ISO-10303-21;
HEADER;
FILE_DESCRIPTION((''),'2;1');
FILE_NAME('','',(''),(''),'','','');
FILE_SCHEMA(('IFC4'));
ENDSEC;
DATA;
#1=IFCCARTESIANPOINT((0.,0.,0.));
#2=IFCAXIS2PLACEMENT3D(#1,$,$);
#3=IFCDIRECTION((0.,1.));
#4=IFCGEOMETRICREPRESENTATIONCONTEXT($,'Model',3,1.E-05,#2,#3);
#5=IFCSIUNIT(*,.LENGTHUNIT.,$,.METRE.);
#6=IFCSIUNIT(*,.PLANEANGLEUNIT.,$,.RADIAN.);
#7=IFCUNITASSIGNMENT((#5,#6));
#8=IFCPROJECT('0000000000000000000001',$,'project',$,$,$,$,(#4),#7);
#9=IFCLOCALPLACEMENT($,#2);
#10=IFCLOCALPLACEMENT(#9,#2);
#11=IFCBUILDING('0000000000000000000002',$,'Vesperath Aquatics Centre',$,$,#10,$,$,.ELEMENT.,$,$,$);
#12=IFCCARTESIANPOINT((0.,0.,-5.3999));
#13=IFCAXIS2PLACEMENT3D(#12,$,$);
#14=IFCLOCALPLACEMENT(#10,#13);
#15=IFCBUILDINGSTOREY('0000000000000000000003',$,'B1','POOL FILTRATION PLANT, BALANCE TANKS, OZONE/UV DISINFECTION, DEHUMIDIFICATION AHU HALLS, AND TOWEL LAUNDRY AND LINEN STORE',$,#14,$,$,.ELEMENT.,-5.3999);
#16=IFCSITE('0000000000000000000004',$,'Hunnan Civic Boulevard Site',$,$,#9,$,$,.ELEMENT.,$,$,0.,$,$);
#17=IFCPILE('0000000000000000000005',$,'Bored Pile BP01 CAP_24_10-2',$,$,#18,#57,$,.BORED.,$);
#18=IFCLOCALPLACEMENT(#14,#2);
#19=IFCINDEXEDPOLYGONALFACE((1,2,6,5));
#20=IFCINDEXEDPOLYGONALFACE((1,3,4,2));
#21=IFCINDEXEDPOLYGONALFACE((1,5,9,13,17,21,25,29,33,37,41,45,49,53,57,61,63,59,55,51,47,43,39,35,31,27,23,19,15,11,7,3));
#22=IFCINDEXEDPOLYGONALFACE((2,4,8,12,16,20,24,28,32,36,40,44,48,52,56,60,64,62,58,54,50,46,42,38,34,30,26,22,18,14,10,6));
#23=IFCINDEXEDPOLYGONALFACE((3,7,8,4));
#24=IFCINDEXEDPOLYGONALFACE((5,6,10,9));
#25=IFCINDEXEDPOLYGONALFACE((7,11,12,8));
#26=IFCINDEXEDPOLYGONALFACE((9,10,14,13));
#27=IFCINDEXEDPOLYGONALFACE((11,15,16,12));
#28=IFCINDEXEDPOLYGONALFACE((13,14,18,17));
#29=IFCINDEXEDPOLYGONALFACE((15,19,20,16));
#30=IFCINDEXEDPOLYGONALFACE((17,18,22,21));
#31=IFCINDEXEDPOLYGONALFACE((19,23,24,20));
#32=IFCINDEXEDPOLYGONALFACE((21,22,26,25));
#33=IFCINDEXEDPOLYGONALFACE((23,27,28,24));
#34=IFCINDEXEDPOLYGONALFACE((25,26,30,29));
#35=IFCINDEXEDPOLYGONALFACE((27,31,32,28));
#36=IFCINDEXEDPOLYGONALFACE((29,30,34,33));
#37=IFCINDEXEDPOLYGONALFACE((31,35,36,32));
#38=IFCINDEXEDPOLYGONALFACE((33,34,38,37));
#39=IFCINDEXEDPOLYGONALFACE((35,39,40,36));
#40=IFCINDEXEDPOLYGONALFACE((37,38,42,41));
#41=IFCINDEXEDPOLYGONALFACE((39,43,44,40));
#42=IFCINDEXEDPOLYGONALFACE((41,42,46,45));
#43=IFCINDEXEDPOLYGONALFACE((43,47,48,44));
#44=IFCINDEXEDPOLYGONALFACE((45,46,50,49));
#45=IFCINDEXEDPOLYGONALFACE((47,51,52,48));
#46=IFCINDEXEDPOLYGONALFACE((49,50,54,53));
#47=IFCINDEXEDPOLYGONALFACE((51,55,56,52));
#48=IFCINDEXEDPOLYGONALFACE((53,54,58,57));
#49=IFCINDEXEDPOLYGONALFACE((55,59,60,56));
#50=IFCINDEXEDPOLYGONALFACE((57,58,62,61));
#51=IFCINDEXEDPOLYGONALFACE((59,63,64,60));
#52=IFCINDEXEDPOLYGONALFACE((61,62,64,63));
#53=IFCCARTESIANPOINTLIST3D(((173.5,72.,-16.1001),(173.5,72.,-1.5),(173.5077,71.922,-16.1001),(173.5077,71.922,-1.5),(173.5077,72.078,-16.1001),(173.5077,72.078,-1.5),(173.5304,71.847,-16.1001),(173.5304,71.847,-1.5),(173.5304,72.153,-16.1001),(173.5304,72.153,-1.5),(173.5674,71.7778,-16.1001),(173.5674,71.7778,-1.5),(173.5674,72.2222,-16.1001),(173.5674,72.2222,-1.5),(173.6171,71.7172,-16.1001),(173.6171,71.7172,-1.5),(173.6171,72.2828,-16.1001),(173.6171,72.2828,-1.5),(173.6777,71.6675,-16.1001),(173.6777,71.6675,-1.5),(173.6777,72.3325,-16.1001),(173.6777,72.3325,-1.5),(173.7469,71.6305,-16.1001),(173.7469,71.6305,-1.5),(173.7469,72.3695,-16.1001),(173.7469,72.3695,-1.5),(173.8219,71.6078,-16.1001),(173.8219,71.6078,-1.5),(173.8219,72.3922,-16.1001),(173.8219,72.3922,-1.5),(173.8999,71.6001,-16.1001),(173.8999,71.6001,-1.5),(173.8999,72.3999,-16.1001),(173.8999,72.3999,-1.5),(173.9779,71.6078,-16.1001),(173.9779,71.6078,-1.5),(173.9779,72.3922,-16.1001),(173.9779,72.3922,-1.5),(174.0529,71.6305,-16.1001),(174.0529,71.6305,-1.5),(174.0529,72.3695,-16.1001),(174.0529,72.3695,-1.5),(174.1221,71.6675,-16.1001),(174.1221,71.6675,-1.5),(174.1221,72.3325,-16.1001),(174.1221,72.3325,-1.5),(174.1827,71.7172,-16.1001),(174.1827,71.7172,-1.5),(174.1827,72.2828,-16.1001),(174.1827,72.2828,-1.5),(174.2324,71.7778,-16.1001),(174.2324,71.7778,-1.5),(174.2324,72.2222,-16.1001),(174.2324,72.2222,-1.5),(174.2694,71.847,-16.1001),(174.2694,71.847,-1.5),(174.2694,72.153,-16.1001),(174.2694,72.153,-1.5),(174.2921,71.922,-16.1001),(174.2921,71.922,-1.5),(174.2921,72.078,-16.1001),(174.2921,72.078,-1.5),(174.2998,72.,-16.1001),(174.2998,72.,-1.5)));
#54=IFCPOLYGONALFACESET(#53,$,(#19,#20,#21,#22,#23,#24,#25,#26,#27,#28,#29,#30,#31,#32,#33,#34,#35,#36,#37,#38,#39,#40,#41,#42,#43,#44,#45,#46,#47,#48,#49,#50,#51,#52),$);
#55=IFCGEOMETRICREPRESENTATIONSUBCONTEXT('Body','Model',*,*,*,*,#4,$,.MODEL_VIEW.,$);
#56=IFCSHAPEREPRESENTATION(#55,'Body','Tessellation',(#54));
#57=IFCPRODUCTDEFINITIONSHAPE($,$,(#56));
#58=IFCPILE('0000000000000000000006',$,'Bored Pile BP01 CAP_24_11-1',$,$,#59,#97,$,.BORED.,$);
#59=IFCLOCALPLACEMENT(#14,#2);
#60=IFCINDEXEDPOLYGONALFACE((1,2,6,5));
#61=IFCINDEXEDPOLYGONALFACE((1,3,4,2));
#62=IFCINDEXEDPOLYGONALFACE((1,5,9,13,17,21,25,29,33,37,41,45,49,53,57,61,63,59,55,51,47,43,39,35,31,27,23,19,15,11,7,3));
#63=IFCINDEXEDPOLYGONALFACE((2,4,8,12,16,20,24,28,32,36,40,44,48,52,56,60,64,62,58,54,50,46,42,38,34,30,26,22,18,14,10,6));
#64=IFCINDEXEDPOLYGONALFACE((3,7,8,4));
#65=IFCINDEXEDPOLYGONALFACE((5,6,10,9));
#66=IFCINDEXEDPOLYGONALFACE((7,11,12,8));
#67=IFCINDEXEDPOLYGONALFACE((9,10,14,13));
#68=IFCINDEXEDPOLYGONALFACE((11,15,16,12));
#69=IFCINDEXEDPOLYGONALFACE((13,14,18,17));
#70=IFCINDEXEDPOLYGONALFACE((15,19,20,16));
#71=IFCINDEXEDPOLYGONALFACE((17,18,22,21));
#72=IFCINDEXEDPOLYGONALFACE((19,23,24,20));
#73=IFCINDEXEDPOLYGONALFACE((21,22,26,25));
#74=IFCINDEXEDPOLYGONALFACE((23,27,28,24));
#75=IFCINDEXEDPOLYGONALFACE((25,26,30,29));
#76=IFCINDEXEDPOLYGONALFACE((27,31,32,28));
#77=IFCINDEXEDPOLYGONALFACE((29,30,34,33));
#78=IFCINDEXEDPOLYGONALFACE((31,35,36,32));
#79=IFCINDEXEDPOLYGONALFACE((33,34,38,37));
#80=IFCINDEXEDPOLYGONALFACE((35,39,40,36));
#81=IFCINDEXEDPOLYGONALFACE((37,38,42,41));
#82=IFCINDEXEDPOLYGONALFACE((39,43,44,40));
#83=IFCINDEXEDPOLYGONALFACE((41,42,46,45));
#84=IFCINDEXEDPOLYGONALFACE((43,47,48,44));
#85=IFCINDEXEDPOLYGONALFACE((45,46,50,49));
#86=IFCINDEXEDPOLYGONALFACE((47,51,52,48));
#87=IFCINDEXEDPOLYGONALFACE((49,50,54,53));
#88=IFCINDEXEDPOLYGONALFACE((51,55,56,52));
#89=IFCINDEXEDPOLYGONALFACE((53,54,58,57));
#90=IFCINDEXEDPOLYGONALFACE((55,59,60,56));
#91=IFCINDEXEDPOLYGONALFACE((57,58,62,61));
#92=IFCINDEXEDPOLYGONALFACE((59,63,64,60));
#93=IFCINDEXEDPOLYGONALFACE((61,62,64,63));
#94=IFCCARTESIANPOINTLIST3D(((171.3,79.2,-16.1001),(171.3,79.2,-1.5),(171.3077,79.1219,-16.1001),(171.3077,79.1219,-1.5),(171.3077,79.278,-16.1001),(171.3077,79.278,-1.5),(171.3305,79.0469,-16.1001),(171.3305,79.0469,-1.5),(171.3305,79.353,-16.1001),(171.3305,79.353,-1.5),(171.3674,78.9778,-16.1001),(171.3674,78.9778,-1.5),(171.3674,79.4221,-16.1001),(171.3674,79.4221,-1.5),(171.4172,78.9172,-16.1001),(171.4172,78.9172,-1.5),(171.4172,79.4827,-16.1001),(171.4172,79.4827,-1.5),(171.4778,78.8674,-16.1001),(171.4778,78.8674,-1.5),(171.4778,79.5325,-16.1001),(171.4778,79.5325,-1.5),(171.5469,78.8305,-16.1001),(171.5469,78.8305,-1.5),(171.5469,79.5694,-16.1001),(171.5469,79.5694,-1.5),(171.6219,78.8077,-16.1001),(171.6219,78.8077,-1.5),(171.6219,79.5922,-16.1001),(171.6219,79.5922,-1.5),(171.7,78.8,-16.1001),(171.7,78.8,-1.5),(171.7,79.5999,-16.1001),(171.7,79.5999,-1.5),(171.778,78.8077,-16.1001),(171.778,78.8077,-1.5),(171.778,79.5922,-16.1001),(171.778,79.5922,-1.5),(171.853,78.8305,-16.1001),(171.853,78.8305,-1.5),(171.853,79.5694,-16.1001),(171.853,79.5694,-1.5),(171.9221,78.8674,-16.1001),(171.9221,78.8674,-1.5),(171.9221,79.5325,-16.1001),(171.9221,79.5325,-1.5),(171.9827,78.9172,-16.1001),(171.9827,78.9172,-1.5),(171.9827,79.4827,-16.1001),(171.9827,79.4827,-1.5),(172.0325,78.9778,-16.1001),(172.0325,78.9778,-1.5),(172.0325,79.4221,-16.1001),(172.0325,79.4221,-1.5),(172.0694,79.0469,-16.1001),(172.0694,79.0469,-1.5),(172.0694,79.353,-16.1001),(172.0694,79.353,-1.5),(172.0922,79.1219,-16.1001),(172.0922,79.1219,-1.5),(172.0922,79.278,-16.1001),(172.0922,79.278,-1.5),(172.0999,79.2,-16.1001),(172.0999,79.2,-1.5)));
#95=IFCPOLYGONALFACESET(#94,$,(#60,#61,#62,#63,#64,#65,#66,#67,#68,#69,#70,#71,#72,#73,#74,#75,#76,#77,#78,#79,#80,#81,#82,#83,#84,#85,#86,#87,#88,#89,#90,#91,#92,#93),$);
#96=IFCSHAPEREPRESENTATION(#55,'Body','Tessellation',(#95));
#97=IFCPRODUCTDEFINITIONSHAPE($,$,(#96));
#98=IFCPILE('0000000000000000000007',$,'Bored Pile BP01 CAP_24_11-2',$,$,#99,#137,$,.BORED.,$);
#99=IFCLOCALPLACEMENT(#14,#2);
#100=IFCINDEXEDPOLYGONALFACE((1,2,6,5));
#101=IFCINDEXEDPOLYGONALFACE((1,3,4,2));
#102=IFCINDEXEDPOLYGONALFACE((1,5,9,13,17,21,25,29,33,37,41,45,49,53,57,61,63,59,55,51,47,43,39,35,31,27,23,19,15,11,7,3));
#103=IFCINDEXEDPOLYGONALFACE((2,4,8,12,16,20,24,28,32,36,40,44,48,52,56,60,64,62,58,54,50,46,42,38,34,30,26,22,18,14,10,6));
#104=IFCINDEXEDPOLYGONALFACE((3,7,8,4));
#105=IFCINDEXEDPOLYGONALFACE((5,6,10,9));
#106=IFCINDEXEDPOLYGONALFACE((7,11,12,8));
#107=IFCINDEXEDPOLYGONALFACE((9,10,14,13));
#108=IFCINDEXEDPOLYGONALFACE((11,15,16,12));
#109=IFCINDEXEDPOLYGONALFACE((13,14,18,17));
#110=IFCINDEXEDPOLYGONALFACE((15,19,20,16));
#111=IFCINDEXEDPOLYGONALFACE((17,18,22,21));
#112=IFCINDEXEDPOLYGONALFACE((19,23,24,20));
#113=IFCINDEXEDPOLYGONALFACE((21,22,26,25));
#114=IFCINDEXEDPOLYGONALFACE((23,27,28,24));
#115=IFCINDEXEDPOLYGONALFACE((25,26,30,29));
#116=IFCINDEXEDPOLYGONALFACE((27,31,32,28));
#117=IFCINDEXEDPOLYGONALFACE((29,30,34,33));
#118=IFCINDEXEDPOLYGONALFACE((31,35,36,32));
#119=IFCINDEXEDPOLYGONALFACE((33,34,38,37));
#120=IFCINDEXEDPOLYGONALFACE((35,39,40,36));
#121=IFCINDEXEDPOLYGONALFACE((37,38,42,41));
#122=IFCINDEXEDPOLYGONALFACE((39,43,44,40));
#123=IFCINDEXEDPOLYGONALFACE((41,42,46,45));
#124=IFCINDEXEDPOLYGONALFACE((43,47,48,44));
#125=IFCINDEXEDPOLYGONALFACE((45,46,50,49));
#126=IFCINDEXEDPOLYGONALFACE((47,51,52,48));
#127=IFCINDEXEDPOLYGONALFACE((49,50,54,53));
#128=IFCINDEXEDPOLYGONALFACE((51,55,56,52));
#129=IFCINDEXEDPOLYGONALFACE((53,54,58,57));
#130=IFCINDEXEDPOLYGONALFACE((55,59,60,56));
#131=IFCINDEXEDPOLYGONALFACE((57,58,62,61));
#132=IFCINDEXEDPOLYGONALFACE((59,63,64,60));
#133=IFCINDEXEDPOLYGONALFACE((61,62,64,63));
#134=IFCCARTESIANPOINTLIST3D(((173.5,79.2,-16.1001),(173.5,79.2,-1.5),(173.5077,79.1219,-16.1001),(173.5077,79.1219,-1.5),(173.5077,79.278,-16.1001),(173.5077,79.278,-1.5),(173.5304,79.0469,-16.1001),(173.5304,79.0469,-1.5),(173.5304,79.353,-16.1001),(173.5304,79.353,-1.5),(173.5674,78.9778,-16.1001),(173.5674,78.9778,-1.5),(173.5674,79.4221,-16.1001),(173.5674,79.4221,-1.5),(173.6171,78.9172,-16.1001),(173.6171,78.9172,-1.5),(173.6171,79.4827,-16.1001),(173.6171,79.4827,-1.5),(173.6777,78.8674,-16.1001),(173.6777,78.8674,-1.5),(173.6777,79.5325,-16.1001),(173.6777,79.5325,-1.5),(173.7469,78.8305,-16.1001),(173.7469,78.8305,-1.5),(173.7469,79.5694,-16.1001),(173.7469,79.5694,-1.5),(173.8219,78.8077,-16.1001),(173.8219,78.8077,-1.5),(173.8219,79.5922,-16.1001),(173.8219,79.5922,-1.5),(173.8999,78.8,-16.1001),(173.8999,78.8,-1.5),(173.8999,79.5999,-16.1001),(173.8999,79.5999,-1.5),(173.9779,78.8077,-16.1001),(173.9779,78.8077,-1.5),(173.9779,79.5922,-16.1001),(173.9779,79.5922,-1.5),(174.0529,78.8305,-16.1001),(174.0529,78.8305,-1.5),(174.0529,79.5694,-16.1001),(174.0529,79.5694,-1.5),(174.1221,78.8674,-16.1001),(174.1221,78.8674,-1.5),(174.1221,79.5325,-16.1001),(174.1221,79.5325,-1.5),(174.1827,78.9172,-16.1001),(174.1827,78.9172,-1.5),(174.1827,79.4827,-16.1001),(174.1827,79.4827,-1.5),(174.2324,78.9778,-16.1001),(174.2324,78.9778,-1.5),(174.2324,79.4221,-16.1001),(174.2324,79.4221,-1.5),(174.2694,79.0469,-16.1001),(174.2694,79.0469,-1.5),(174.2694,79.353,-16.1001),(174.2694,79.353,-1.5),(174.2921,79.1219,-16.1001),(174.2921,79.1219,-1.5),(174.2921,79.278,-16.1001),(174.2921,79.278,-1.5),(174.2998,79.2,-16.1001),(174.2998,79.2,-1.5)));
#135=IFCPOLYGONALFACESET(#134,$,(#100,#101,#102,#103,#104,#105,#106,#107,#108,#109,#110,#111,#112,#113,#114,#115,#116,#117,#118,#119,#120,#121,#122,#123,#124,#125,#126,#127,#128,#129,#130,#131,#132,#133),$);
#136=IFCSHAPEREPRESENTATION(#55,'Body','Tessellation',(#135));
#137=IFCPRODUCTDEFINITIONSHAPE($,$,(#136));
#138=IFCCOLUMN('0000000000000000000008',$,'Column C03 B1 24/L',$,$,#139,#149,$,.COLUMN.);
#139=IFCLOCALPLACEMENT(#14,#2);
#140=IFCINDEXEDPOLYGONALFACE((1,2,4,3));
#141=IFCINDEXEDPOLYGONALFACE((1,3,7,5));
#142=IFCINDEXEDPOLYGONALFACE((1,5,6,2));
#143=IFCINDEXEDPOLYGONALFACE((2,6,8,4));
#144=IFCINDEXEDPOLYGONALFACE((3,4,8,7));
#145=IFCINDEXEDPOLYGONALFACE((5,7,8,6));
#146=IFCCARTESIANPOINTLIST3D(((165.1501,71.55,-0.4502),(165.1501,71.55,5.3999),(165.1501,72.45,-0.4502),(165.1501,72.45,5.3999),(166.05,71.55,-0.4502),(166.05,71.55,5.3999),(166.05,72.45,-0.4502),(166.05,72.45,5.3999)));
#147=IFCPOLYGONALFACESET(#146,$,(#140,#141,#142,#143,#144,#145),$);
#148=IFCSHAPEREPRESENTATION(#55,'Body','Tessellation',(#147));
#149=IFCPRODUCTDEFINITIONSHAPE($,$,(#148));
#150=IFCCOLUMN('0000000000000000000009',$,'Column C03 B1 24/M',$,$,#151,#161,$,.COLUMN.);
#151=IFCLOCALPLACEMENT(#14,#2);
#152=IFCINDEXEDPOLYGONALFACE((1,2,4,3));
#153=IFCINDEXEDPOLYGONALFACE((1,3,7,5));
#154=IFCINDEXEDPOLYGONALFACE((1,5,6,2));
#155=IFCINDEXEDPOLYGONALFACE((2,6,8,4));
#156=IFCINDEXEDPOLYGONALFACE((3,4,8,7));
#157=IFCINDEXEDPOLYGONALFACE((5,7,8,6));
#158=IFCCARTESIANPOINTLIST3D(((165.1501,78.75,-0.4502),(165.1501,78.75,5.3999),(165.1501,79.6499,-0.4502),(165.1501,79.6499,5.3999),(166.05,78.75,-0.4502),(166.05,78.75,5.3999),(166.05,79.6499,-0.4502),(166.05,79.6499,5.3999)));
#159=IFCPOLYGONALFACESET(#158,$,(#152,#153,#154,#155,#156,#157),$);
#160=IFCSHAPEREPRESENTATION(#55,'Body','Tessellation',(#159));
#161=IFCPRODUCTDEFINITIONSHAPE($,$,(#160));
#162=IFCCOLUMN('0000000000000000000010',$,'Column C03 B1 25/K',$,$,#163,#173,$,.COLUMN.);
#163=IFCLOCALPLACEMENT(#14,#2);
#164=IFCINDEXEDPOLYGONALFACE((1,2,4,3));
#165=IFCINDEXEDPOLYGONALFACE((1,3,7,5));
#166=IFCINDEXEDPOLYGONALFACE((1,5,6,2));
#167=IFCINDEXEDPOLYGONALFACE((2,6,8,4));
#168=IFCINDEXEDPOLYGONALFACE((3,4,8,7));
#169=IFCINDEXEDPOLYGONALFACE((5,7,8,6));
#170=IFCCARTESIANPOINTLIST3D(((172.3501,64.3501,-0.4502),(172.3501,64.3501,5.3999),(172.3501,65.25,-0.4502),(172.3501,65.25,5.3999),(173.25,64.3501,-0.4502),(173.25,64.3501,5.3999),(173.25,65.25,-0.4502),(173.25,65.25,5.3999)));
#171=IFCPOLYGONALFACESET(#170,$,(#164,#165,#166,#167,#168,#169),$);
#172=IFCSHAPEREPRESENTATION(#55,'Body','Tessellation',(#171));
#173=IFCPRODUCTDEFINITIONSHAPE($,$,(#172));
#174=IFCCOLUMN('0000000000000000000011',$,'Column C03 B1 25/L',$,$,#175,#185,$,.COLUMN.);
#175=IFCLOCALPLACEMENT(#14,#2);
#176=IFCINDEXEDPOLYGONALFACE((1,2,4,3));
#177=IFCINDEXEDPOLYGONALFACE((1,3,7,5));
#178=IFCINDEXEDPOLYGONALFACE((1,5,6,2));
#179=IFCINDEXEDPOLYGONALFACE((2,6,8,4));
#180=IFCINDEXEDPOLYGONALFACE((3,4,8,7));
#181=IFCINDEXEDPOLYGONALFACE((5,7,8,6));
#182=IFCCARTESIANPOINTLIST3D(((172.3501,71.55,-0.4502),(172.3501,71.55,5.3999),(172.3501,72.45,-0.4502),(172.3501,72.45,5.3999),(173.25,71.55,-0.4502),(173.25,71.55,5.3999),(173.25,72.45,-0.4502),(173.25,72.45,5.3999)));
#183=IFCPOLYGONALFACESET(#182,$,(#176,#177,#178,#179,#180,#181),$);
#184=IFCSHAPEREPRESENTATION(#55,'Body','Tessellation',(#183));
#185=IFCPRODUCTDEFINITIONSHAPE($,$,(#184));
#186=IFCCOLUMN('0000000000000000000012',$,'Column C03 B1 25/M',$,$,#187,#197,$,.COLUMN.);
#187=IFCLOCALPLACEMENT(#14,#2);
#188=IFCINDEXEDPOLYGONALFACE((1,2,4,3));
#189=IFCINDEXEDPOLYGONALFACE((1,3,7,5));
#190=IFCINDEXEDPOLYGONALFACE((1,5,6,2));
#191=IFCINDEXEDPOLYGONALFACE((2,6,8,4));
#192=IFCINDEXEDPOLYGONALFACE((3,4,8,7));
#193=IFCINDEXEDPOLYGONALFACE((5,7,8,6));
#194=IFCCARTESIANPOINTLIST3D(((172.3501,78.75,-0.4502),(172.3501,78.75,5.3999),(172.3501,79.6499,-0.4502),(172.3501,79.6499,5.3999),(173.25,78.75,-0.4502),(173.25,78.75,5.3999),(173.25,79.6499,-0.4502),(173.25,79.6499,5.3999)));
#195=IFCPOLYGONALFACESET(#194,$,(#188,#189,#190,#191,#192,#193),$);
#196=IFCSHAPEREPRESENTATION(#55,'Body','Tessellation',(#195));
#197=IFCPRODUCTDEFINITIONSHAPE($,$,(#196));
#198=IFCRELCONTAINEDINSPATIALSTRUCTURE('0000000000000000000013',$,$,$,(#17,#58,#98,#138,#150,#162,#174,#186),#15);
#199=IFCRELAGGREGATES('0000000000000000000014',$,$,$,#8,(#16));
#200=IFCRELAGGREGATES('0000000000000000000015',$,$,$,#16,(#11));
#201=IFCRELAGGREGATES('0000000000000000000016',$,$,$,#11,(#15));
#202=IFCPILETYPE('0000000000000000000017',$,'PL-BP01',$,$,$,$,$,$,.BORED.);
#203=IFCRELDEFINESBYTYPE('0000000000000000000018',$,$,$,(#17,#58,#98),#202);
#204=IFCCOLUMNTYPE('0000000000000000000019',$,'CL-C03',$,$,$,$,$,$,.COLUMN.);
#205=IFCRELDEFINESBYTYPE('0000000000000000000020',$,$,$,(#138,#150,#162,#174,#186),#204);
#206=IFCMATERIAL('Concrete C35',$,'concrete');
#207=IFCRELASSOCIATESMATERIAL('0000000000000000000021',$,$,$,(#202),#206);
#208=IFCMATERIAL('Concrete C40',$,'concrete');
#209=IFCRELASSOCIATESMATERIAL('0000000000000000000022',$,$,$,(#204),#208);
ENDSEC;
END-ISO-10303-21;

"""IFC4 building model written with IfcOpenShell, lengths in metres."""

from ifc_helpers import new_model, si_unit, direction, frame, origin, origin_2d, place, context, subcontext, project, spatial, rectangle, circle, extrude, material, material_profile, profile_set, type_object, element, save


model = new_model("IFC4")

# Units and contexts
model_context = context("Model", 3, precision=1e-05, world=origin(), true_north=direction((0.0, 1.0)))
body_context = subcontext(model_context, "Body", "Model", "MODEL_VIEW")
ifc_project = project(units=[si_unit("LENGTHUNIT", "METRE"), si_unit("PLANEANGLEUNIT", "RADIAN")], contexts=[model_context])

# Site, building, storey
site_placement = place(None, origin())
site = spatial("IfcSite", under=ifc_project, at=site_placement, Name="Hunnan Civic Boulevard Site", CompositionType="ELEMENT", RefElevation=0.0)
building_placement = place(site_placement, origin())
building = spatial("IfcBuilding", under=site, at=building_placement, Name="Vesperath Aquatics Centre", CompositionType="ELEMENT")
storey_placement = place(building_placement, frame((0.0, 0.0, -5.3999)))
storey = spatial("IfcBuildingStorey", under=building, at=storey_placement, Name="B1", Description="POOL FILTRATION PLANT, BALANCE TANKS, OZONE/UV DISINFECTION, DEHUMIDIFICATION AHU HALLS, AND TOWEL LAUNDRY AND LINEN STORE", CompositionType="ELEMENT", Elevation=-5.3999)

# Shared definitions
ifc_material_1 = material(Name="Concrete C40", Category="concrete")

# Piles
ifc_material_2 = material(Name="Concrete C35", Category="concrete")
ifc_material_profile_1 = material_profile(ifc_material_2, circle(Radius=0.3999, at=origin_2d()), Name="PILE D800")
ifc_profile_set_1 = profile_set([ifc_material_profile_1], Name="Concrete C35")
pile_type = type_object("IfcPileType", Name="PL-BP01", PredefinedType="BORED", material=ifc_profile_set_1)
for number, where, z_axis, x_axis, name in (
    (1, (173.8999, 72.0, -1.5), (0.0, 0.0, -1.0), (1.0, 0.0, 0.0), "Bored Pile BP01 CAP_24_10-2"),
    (2, (171.7, 79.2, -1.5), (0.0, 0.0, -1.0), (1.0, 0.0, 0.0), "Bored Pile BP01 CAP_24_11-1"),
    (3, (173.8999, 79.2, -1.5), (0.0, 0.0, -1.0), (1.0, 0.0, 0.0), "Bored Pile BP01 CAP_24_11-2"),
):
    element("IfcPile", number, at=place(storey_placement, frame(where, z_axis=z_axis, x_axis=x_axis)), inside=storey, type_object=pile_type, Name=name, PredefinedType="BORED", context=body_context, shape_type="SweptSolid", body=[
        extrude(circle(Radius=0.3999, at=origin_2d()), origin(), (0.0, 0.0, 1.0), 14.6001),
    ])

# Columns
ifc_material_profile_2 = material_profile(ifc_material_1, rectangle(XDim=0.8999, YDim=0.8999, at=origin_2d()), Name="RC 900x900")
ifc_profile_set_2 = profile_set([ifc_material_profile_2], Name="Concrete C40")
column_type = type_object("IfcColumnType", Name="CL-C03", PredefinedType="COLUMN", material=ifc_profile_set_2)
for number, where, z_axis, x_axis, name in (
    (4, (165.6001, 72.0, -0.4502), (0.0, 0.0, 1.0), (1.0, 0.0, 0.0), "Column C03 B1 24/L"),
    (5, (165.6001, 79.2, -0.4502), (0.0, 0.0, 1.0), (1.0, 0.0, 0.0), "Column C03 B1 24/M"),
    (6, (172.8, 64.8, -0.4502), (0.0, 0.0, 1.0), (1.0, 0.0, 0.0), "Column C03 B1 25/K"),
    (7, (172.8, 72.0, -0.4502), (0.0, 0.0, 1.0), (1.0, 0.0, 0.0), "Column C03 B1 25/L"),
    (8, (172.8, 79.2, -0.4502), (0.0, 0.0, 1.0), (1.0, 0.0, 0.0), "Column C03 B1 25/M"),
):
    element("IfcColumn", number, at=place(storey_placement, frame(where, z_axis=z_axis, x_axis=x_axis)), inside=storey, type_object=column_type, Name=name, PredefinedType="COLUMN", context=body_context, shape_type="SweptSolid", body=[
        extrude(rectangle(XDim=0.8999, YDim=0.8999, at=origin_2d()), origin(), (0.0, 0.0, 1.0), 5.8501),
    ])

save(model, "model.ifc")
